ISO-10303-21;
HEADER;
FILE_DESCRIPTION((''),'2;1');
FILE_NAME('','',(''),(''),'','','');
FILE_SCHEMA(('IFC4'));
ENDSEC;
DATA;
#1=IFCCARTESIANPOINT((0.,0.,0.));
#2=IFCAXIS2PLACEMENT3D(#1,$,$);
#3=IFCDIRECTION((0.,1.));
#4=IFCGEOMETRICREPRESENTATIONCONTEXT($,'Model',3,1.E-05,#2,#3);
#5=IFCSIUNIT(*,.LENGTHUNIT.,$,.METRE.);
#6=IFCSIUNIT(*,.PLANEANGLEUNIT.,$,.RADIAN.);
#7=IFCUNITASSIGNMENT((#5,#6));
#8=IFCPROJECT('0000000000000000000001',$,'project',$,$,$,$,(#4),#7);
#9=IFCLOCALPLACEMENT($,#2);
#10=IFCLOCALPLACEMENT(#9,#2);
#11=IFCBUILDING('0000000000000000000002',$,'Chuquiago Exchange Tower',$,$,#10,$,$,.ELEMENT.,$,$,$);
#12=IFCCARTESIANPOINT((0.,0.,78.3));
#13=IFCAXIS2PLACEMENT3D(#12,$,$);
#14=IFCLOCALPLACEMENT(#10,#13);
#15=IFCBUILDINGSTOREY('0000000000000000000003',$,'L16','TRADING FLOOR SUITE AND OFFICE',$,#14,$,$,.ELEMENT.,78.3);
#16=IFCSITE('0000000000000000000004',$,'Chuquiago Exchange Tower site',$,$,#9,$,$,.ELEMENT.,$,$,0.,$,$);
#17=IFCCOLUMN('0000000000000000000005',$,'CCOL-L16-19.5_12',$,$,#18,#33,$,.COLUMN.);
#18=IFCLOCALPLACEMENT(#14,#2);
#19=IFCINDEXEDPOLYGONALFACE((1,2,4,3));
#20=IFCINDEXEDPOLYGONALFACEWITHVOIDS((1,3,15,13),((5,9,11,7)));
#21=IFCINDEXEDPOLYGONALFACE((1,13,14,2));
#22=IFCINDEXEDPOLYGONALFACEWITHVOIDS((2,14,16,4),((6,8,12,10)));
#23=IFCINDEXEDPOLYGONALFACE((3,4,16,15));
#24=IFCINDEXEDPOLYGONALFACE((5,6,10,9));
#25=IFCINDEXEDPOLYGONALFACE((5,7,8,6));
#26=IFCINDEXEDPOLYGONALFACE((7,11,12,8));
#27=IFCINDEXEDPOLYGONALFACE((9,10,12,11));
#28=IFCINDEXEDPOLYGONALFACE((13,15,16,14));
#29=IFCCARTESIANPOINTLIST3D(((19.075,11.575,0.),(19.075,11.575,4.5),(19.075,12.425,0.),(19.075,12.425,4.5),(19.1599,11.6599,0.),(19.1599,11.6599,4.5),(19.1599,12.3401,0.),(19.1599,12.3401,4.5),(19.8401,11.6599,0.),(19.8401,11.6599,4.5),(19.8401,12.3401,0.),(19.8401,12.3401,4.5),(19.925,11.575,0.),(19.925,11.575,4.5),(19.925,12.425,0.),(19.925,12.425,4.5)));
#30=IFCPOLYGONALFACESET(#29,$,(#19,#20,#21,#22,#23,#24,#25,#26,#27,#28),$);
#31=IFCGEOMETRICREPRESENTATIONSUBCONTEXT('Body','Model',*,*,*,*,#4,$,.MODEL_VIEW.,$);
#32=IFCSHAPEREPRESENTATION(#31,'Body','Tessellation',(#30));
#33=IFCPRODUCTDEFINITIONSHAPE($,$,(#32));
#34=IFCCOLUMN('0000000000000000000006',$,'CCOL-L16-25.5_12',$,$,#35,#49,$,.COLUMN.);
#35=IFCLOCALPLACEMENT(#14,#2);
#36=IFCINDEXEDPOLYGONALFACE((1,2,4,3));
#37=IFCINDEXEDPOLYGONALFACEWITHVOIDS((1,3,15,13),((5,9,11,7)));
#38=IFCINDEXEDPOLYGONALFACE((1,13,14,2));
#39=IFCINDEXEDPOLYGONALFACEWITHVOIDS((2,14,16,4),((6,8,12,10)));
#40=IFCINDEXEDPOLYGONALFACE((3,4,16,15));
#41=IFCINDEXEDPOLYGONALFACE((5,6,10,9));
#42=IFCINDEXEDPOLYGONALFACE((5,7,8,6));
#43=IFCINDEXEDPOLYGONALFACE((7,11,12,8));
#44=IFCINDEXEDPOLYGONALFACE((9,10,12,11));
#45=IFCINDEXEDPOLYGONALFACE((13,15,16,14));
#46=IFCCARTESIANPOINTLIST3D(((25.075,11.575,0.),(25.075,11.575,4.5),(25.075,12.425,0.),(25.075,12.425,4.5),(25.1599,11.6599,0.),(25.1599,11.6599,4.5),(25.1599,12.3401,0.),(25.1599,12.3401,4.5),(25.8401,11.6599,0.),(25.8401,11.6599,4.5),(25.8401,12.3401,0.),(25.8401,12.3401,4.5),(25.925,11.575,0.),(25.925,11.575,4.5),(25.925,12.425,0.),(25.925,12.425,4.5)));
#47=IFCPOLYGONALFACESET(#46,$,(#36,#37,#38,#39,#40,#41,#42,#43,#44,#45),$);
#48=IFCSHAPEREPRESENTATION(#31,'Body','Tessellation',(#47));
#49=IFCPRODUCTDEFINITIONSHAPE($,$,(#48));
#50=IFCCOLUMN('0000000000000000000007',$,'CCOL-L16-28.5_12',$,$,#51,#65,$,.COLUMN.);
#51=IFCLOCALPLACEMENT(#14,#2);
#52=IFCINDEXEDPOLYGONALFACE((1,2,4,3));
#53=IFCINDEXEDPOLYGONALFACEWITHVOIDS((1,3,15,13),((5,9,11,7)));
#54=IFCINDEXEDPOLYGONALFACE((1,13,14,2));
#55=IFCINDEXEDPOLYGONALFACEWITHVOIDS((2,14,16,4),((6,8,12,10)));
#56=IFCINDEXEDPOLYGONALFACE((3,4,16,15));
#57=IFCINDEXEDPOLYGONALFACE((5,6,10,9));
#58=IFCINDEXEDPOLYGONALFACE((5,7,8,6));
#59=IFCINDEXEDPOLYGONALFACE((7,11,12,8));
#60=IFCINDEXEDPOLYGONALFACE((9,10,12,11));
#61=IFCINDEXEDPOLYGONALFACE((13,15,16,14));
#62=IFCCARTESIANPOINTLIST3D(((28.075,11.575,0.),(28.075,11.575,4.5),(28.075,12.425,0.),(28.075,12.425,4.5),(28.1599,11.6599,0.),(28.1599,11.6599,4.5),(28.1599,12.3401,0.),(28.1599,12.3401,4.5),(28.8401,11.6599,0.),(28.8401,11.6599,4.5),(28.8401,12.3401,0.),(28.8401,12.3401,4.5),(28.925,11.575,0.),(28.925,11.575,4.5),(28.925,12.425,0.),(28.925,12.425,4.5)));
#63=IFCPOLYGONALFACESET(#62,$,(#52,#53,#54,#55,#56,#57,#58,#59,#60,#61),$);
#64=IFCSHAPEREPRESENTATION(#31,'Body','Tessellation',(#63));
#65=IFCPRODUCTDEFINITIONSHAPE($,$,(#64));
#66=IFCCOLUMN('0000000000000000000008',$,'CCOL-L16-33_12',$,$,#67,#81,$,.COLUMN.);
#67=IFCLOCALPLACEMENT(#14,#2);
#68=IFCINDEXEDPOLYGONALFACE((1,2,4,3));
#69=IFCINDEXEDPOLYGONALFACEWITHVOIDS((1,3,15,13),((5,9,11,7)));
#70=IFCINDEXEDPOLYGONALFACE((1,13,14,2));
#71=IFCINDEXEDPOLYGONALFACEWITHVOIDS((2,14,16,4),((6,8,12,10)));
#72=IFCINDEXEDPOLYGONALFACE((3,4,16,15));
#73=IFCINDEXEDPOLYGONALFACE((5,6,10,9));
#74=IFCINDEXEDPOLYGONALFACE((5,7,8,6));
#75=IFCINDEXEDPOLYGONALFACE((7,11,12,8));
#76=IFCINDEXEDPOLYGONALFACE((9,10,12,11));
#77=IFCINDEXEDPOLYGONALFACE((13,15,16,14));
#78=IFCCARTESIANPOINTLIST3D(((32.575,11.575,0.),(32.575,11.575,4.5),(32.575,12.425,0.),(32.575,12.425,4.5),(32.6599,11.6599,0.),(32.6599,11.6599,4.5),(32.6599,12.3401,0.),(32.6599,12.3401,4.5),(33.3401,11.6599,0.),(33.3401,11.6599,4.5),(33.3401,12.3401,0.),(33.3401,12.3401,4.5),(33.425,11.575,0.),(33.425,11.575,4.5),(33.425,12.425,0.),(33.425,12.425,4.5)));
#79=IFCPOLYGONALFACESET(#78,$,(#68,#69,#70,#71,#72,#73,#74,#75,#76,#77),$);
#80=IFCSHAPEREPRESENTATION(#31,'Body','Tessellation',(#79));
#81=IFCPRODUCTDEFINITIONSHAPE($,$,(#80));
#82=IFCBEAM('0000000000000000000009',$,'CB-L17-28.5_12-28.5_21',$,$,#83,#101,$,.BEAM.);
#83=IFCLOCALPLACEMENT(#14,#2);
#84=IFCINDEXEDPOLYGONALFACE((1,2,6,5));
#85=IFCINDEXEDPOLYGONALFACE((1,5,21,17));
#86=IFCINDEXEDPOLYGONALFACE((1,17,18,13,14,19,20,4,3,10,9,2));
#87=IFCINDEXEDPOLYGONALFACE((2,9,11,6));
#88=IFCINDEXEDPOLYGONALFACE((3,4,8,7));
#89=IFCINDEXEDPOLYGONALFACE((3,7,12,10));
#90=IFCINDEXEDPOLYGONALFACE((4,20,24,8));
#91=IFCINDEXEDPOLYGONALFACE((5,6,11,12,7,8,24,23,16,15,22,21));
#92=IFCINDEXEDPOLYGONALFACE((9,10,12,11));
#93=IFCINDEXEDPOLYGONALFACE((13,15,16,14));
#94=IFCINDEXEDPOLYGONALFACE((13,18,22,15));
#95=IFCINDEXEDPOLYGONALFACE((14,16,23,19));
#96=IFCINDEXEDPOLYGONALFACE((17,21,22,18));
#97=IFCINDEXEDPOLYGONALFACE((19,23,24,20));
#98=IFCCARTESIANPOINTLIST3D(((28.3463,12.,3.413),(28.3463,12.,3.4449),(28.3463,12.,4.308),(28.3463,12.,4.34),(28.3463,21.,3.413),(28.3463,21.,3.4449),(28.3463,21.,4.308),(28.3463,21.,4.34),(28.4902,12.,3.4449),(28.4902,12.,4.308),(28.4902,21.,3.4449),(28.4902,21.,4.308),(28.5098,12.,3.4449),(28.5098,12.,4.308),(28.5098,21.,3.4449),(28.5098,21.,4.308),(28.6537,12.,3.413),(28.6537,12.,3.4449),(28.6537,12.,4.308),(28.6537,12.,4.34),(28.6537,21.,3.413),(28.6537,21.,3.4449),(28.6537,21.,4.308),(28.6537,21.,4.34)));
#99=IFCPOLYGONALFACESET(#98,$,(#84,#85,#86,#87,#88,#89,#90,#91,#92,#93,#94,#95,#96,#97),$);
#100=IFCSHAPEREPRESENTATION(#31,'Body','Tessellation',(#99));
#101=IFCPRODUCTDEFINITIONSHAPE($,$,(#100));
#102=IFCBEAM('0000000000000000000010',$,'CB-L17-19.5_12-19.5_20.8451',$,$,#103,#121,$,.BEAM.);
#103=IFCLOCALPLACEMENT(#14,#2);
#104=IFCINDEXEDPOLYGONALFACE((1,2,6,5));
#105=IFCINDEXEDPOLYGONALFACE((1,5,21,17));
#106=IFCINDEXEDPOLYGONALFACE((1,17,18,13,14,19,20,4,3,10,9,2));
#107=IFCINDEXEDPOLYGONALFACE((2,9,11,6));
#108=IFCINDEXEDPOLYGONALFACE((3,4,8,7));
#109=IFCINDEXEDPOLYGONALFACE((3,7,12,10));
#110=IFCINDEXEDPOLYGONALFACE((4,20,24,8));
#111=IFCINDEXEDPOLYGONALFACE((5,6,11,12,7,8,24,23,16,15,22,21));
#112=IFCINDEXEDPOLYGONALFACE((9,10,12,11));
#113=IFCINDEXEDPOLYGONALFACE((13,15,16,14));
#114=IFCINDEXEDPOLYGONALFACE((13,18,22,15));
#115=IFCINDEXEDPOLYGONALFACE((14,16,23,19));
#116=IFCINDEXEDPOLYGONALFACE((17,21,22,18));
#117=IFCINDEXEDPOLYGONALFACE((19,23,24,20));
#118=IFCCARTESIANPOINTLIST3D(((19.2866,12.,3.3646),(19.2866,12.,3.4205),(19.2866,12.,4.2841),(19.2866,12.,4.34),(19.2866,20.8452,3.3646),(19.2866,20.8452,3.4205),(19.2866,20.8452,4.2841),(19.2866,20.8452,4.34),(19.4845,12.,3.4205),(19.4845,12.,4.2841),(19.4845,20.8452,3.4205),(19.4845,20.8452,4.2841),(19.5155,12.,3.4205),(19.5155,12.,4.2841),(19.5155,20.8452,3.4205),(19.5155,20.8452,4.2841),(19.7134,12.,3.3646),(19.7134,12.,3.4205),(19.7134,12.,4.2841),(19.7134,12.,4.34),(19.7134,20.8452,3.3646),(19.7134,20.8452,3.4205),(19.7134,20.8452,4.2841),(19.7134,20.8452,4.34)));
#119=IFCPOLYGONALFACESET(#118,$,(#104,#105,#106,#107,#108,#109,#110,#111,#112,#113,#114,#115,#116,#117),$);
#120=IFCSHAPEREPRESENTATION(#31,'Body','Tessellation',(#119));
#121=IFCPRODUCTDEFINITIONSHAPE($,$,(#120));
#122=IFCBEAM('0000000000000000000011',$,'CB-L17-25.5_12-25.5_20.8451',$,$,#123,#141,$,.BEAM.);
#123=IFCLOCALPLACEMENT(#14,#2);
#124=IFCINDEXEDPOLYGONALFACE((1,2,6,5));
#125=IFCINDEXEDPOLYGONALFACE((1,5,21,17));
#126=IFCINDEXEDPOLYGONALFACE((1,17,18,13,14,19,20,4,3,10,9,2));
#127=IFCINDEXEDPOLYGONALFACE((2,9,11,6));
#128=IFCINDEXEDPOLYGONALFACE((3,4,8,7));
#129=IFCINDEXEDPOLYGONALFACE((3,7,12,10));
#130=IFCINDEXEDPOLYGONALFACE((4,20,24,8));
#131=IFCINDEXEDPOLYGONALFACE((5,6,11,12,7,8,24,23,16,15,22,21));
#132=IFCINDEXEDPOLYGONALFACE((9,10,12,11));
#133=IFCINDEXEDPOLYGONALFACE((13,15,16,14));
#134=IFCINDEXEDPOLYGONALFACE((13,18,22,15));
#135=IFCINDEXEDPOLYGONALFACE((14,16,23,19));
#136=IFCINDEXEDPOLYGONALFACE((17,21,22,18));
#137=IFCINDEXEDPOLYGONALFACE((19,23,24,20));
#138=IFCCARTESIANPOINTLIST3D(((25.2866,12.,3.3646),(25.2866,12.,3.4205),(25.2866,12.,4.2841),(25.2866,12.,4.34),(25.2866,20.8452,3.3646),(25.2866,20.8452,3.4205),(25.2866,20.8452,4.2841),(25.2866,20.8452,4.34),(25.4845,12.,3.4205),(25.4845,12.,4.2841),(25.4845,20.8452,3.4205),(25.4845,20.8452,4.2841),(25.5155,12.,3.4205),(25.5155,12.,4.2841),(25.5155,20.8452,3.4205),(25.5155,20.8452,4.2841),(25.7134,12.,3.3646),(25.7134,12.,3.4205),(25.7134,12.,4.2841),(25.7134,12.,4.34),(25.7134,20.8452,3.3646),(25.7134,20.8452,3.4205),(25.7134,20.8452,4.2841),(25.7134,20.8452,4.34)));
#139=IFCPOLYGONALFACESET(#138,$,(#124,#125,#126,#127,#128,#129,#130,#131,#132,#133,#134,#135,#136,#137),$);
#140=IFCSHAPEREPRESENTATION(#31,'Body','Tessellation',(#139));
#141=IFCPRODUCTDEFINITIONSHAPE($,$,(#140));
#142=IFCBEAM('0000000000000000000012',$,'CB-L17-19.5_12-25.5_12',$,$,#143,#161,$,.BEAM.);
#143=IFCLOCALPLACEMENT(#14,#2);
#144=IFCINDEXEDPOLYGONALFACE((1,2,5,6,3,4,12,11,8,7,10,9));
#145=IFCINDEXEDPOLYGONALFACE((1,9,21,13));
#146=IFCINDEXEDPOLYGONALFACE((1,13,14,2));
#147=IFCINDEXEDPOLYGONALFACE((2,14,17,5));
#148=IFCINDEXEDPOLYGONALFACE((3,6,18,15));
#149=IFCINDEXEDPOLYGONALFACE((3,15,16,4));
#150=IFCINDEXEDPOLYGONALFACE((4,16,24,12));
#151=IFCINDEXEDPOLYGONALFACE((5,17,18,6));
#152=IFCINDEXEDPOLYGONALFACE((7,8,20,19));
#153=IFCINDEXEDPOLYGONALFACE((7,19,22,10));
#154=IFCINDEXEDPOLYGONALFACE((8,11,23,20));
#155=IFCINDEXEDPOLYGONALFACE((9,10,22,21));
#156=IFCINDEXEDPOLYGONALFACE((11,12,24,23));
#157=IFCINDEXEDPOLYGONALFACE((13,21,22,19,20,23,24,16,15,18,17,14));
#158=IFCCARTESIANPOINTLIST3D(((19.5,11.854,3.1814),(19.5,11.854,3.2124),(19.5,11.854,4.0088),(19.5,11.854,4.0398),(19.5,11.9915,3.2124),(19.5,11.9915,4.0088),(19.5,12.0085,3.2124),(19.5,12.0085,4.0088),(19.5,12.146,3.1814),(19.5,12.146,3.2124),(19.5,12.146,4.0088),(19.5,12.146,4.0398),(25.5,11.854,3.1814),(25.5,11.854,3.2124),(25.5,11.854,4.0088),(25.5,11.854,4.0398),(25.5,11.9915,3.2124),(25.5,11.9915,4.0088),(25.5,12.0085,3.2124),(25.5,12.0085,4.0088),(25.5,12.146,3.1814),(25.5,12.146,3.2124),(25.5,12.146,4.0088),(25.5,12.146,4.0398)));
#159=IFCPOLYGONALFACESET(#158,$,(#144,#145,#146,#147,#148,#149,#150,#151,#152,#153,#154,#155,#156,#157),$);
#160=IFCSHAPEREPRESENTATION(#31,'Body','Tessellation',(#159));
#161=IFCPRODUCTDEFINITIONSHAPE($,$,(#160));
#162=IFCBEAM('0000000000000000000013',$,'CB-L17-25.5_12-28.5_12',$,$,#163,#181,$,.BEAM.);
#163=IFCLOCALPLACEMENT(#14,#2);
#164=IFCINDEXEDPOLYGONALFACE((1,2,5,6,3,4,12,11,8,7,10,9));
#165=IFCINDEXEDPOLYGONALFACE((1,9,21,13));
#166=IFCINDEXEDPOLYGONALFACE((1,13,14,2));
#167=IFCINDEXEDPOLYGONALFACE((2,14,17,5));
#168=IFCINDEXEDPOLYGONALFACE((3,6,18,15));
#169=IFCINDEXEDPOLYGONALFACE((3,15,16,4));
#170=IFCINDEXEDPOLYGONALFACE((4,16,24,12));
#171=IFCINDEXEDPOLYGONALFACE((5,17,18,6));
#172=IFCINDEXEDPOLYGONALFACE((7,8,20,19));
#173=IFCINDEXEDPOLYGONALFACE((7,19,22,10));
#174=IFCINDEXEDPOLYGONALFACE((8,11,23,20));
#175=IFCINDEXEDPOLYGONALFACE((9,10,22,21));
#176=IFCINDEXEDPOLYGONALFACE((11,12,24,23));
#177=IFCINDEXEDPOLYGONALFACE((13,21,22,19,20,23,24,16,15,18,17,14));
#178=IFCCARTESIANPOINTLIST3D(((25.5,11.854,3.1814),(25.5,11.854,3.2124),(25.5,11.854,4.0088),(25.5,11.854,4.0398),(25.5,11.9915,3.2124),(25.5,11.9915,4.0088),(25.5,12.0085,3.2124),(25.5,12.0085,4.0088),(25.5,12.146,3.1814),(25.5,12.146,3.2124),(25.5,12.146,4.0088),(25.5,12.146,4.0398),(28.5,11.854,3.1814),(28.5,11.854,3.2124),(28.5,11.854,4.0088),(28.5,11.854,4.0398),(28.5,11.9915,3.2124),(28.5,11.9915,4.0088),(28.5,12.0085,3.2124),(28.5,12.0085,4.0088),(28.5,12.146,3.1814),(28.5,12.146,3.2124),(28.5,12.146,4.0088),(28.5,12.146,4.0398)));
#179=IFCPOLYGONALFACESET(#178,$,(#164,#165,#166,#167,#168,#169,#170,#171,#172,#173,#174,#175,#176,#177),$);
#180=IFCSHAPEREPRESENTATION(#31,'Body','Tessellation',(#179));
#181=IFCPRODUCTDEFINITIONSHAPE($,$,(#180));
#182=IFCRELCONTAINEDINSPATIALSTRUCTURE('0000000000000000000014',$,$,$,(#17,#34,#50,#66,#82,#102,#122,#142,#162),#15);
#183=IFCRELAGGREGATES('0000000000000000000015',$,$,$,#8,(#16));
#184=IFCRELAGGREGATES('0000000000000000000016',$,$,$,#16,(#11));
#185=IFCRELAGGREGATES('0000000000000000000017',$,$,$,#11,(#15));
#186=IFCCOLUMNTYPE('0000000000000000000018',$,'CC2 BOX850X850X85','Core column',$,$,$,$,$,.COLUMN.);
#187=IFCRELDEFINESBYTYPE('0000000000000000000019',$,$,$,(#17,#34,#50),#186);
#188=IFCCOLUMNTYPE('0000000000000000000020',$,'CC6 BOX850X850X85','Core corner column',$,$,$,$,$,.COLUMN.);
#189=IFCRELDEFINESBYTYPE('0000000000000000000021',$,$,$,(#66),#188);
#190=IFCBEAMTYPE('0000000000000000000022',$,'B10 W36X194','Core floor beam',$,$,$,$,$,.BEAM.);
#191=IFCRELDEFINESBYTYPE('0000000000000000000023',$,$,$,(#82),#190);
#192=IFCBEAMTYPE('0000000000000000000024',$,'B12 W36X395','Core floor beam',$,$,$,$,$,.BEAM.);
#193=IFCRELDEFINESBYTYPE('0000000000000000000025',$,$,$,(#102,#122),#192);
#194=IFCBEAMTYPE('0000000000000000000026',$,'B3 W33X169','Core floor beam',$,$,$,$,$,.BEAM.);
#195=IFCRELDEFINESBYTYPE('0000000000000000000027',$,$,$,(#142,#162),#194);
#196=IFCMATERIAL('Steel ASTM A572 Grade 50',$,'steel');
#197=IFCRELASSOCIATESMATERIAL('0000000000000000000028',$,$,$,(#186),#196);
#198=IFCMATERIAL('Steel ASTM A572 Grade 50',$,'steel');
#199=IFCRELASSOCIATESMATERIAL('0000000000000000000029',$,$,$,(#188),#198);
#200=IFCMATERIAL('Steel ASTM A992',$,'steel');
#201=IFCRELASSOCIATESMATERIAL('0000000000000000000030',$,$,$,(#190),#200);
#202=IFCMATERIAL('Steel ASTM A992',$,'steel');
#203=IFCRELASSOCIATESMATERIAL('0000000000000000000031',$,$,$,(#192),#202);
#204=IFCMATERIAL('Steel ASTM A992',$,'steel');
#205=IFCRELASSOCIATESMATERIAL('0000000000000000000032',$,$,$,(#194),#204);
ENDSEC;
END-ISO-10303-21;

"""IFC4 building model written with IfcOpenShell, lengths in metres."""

from ifc_helpers import new_model, si_unit, direction, frame, origin, origin_2d, place, context, subcontext, project, spatial, hollow_rectangle, i_section, extrude, material, material_profile, profile_set, type_object, element, save


model = new_model("IFC4")

# Units and contexts
model_context = context("Model", 3, precision=1e-05, world=origin(), true_north=direction((0.0, 1.0)))
body_context = subcontext(model_context, "Body", "Model", "MODEL_VIEW")
ifc_project = project(units=[si_unit("LENGTHUNIT", "METRE"), si_unit("PLANEANGLEUNIT", "RADIAN")], contexts=[model_context])

# Site, building, storey
site_placement = place(None, origin())
site = spatial("IfcSite", under=ifc_project, at=site_placement, Name="Chuquiago Exchange Tower site", CompositionType="ELEMENT", RefElevation=0.0)
building_placement = place(site_placement, origin())
building = spatial("IfcBuilding", under=site, at=building_placement, Name="Chuquiago Exchange Tower", CompositionType="ELEMENT")
storey_placement = place(building_placement, frame((0.0, 0.0, 78.3)))
storey = spatial("IfcBuildingStorey", under=building, at=storey_placement, Name="L16", Description="TRADING FLOOR SUITE AND OFFICE", CompositionType="ELEMENT", Elevation=78.3)

# Columns
ifc_material_1 = material(Name="Steel ASTM A572 Grade 50", Category="steel")
ifc_material_profile_1 = material_profile(ifc_material_1, hollow_rectangle(XDim=0.8501, YDim=0.8501, WallThickness=0.085, at=origin_2d()), Name="BOX850X850X85")
ifc_profile_set_1 = profile_set([ifc_material_profile_1], Name="Steel ASTM A572 Grade 50")
column_type_1 = type_object("IfcColumnType", Name="CC2 BOX850X850X85", Description="Core column", PredefinedType="COLUMN", material=ifc_profile_set_1)
for number, where, z_axis, x_axis, name in (
    (1, (19.5, 12.0, 0.0), (0.0, 0.0, 1.0), (1.0, 0.0, 0.0), "CCOL-L16-19.5_12"),
    (2, (25.5, 12.0, 0.0), (0.0, 0.0, 1.0), (1.0, 0.0, 0.0), "CCOL-L16-25.5_12"),
    (3, (28.5, 12.0, 0.0), (0.0, 0.0, 1.0), (1.0, 0.0, 0.0), "CCOL-L16-28.5_12"),
):
    element("IfcColumn", number, at=place(storey_placement, frame(where, z_axis=z_axis, x_axis=x_axis)), inside=storey, type_object=column_type_1, Name=name, PredefinedType="COLUMN", context=body_context, shape_type="SweptSolid", body=[
        extrude(hollow_rectangle(XDim=0.8501, YDim=0.8501, WallThickness=0.085, at=origin_2d()), origin(), (0.0, 0.0, 1.0), 4.5),
    ])
ifc_material_2 = material(Name="Steel ASTM A572 Grade 50", Category="steel")
ifc_material_profile_2 = material_profile(ifc_material_2, hollow_rectangle(XDim=0.8501, YDim=0.8501, WallThickness=0.085, at=origin_2d()), Name="BOX850X850X85")
ifc_profile_set_2 = profile_set([ifc_material_profile_2], Name="Steel ASTM A572 Grade 50")
column_type_2 = type_object("IfcColumnType", Name="CC6 BOX850X850X85", Description="Core corner column", PredefinedType="COLUMN", material=ifc_profile_set_2)
column_placement = place(storey_placement, frame((33.0, 12.0, 0.0), z_axis=(0.0, 0.0, 1.0), x_axis=(1.0, 0.0, 0.0)))
element("IfcColumn", 4, at=column_placement, inside=storey, type_object=column_type_2, Name="CCOL-L16-33_12", PredefinedType="COLUMN", context=body_context, shape_type="SweptSolid", body=[
    extrude(hollow_rectangle(XDim=0.8501, YDim=0.8501, WallThickness=0.085, at=origin_2d()), origin(), (0.0, 0.0, 1.0), 4.5),
])

# Beams
ifc_material_3 = material(Name="Steel ASTM A992", Category="steel")
ifc_material_profile_3 = material_profile(ifc_material_3, i_section(OverallWidth=0.3074, OverallDepth=0.927, WebThickness=0.0195, FlangeThickness=0.032, at=origin_2d()), Name="W36X194")
ifc_profile_set_3 = profile_set([ifc_material_profile_3], Name="Steel ASTM A992")
beam_type_1 = type_object("IfcBeamType", Name="B10 W36X194", Description="Core floor beam", PredefinedType="BEAM", material=ifc_profile_set_3)
beam_1_placement = place(storey_placement, frame((28.5, 12.0, 3.8765), z_axis=(0.0, 1.0, 0.0), x_axis=(-1.0, 0.0, 0.0)))
element("IfcBeam", 5, at=beam_1_placement, inside=storey, type_object=beam_type_1, Name="CB-L17-28.5_12-28.5_21", PredefinedType="BEAM", context=body_context, shape_type="SweptSolid", body=[
    extrude(i_section(OverallWidth=0.3074, OverallDepth=0.927, WebThickness=0.0195, FlangeThickness=0.032, at=origin_2d()), origin(), (0.0, 0.0, 1.0), 9.0),
])
ifc_material_4 = material(Name="Steel ASTM A992", Category="steel")
ifc_material_profile_4 = material_profile(ifc_material_4, i_section(OverallWidth=0.4268, OverallDepth=0.9753, WebThickness=0.031, FlangeThickness=0.0559, at=origin_2d()), Name="W36X395")
ifc_profile_set_4 = profile_set([ifc_material_profile_4], Name="Steel ASTM A992")
beam_type_2 = type_object("IfcBeamType", Name="B12 W36X395", Description="Core floor beam", PredefinedType="BEAM", material=ifc_profile_set_4)
for number, where, z_axis, x_axis, name in (
    (6, (19.5, 12.0, 3.8523), (0.0, 1.0, 0.0), (-1.0, 0.0, 0.0), "CB-L17-19.5_12-19.5_20.8451"),
    (7, (25.5, 12.0, 3.8523), (0.0, 1.0, 0.0), (-1.0, 0.0, 0.0), "CB-L17-25.5_12-25.5_20.8451"),
):
    element("IfcBeam", number, at=place(storey_placement, frame(where, z_axis=z_axis, x_axis=x_axis)), inside=storey, type_object=beam_type_2, Name=name, PredefinedType="BEAM", context=body_context, shape_type="SweptSolid", body=[
        extrude(i_section(OverallWidth=0.4268, OverallDepth=0.9753, WebThickness=0.031, FlangeThickness=0.0559, at=origin_2d()), origin(), (0.0, 0.0, 1.0), 8.8452),
    ])
ifc_material_5 = material(Name="Steel ASTM A992", Category="steel")
ifc_material_profile_5 = material_profile(ifc_material_5, i_section(OverallWidth=0.292, OverallDepth=0.8584, WebThickness=0.0171, FlangeThickness=0.031, at=origin_2d()), Name="W33X169")
ifc_profile_set_5 = profile_set([ifc_material_profile_5], Name="Steel ASTM A992")
beam_type_3 = type_object("IfcBeamType", Name="B3 W33X169", Description="Core floor beam", PredefinedType="BEAM", material=ifc_profile_set_5)
beam_2_placement = place(storey_placement, frame((19.5, 12.0, 3.6106), z_axis=(1.0, 0.0, 0.0), x_axis=(0.0, 1.0, 0.0)))
element("IfcBeam", 8, at=beam_2_placement, inside=storey, type_object=beam_type_3, Name="CB-L17-19.5_12-25.5_12", PredefinedType="BEAM", context=body_context, shape_type="SweptSolid", body=[
    extrude(i_section(OverallWidth=0.292, OverallDepth=0.8584, WebThickness=0.0171, FlangeThickness=0.031, at=origin_2d()), origin(), (0.0, 0.0, 1.0), 6.0),
])
beam_3_placement = place(storey_placement, frame((25.5, 12.0, 3.6106), z_axis=(1.0, 0.0, 0.0), x_axis=(0.0, 1.0, 0.0)))
element("IfcBeam", 9, at=beam_3_placement, inside=storey, type_object=beam_type_3, Name="CB-L17-25.5_12-28.5_12", PredefinedType="BEAM", context=body_context, shape_type="SweptSolid", body=[
    extrude(i_section(OverallWidth=0.292, OverallDepth=0.8584, WebThickness=0.0171, FlangeThickness=0.031, at=origin_2d()), origin(), (0.0, 0.0, 1.0), 3.0),
])

save(model, "model.ifc")
